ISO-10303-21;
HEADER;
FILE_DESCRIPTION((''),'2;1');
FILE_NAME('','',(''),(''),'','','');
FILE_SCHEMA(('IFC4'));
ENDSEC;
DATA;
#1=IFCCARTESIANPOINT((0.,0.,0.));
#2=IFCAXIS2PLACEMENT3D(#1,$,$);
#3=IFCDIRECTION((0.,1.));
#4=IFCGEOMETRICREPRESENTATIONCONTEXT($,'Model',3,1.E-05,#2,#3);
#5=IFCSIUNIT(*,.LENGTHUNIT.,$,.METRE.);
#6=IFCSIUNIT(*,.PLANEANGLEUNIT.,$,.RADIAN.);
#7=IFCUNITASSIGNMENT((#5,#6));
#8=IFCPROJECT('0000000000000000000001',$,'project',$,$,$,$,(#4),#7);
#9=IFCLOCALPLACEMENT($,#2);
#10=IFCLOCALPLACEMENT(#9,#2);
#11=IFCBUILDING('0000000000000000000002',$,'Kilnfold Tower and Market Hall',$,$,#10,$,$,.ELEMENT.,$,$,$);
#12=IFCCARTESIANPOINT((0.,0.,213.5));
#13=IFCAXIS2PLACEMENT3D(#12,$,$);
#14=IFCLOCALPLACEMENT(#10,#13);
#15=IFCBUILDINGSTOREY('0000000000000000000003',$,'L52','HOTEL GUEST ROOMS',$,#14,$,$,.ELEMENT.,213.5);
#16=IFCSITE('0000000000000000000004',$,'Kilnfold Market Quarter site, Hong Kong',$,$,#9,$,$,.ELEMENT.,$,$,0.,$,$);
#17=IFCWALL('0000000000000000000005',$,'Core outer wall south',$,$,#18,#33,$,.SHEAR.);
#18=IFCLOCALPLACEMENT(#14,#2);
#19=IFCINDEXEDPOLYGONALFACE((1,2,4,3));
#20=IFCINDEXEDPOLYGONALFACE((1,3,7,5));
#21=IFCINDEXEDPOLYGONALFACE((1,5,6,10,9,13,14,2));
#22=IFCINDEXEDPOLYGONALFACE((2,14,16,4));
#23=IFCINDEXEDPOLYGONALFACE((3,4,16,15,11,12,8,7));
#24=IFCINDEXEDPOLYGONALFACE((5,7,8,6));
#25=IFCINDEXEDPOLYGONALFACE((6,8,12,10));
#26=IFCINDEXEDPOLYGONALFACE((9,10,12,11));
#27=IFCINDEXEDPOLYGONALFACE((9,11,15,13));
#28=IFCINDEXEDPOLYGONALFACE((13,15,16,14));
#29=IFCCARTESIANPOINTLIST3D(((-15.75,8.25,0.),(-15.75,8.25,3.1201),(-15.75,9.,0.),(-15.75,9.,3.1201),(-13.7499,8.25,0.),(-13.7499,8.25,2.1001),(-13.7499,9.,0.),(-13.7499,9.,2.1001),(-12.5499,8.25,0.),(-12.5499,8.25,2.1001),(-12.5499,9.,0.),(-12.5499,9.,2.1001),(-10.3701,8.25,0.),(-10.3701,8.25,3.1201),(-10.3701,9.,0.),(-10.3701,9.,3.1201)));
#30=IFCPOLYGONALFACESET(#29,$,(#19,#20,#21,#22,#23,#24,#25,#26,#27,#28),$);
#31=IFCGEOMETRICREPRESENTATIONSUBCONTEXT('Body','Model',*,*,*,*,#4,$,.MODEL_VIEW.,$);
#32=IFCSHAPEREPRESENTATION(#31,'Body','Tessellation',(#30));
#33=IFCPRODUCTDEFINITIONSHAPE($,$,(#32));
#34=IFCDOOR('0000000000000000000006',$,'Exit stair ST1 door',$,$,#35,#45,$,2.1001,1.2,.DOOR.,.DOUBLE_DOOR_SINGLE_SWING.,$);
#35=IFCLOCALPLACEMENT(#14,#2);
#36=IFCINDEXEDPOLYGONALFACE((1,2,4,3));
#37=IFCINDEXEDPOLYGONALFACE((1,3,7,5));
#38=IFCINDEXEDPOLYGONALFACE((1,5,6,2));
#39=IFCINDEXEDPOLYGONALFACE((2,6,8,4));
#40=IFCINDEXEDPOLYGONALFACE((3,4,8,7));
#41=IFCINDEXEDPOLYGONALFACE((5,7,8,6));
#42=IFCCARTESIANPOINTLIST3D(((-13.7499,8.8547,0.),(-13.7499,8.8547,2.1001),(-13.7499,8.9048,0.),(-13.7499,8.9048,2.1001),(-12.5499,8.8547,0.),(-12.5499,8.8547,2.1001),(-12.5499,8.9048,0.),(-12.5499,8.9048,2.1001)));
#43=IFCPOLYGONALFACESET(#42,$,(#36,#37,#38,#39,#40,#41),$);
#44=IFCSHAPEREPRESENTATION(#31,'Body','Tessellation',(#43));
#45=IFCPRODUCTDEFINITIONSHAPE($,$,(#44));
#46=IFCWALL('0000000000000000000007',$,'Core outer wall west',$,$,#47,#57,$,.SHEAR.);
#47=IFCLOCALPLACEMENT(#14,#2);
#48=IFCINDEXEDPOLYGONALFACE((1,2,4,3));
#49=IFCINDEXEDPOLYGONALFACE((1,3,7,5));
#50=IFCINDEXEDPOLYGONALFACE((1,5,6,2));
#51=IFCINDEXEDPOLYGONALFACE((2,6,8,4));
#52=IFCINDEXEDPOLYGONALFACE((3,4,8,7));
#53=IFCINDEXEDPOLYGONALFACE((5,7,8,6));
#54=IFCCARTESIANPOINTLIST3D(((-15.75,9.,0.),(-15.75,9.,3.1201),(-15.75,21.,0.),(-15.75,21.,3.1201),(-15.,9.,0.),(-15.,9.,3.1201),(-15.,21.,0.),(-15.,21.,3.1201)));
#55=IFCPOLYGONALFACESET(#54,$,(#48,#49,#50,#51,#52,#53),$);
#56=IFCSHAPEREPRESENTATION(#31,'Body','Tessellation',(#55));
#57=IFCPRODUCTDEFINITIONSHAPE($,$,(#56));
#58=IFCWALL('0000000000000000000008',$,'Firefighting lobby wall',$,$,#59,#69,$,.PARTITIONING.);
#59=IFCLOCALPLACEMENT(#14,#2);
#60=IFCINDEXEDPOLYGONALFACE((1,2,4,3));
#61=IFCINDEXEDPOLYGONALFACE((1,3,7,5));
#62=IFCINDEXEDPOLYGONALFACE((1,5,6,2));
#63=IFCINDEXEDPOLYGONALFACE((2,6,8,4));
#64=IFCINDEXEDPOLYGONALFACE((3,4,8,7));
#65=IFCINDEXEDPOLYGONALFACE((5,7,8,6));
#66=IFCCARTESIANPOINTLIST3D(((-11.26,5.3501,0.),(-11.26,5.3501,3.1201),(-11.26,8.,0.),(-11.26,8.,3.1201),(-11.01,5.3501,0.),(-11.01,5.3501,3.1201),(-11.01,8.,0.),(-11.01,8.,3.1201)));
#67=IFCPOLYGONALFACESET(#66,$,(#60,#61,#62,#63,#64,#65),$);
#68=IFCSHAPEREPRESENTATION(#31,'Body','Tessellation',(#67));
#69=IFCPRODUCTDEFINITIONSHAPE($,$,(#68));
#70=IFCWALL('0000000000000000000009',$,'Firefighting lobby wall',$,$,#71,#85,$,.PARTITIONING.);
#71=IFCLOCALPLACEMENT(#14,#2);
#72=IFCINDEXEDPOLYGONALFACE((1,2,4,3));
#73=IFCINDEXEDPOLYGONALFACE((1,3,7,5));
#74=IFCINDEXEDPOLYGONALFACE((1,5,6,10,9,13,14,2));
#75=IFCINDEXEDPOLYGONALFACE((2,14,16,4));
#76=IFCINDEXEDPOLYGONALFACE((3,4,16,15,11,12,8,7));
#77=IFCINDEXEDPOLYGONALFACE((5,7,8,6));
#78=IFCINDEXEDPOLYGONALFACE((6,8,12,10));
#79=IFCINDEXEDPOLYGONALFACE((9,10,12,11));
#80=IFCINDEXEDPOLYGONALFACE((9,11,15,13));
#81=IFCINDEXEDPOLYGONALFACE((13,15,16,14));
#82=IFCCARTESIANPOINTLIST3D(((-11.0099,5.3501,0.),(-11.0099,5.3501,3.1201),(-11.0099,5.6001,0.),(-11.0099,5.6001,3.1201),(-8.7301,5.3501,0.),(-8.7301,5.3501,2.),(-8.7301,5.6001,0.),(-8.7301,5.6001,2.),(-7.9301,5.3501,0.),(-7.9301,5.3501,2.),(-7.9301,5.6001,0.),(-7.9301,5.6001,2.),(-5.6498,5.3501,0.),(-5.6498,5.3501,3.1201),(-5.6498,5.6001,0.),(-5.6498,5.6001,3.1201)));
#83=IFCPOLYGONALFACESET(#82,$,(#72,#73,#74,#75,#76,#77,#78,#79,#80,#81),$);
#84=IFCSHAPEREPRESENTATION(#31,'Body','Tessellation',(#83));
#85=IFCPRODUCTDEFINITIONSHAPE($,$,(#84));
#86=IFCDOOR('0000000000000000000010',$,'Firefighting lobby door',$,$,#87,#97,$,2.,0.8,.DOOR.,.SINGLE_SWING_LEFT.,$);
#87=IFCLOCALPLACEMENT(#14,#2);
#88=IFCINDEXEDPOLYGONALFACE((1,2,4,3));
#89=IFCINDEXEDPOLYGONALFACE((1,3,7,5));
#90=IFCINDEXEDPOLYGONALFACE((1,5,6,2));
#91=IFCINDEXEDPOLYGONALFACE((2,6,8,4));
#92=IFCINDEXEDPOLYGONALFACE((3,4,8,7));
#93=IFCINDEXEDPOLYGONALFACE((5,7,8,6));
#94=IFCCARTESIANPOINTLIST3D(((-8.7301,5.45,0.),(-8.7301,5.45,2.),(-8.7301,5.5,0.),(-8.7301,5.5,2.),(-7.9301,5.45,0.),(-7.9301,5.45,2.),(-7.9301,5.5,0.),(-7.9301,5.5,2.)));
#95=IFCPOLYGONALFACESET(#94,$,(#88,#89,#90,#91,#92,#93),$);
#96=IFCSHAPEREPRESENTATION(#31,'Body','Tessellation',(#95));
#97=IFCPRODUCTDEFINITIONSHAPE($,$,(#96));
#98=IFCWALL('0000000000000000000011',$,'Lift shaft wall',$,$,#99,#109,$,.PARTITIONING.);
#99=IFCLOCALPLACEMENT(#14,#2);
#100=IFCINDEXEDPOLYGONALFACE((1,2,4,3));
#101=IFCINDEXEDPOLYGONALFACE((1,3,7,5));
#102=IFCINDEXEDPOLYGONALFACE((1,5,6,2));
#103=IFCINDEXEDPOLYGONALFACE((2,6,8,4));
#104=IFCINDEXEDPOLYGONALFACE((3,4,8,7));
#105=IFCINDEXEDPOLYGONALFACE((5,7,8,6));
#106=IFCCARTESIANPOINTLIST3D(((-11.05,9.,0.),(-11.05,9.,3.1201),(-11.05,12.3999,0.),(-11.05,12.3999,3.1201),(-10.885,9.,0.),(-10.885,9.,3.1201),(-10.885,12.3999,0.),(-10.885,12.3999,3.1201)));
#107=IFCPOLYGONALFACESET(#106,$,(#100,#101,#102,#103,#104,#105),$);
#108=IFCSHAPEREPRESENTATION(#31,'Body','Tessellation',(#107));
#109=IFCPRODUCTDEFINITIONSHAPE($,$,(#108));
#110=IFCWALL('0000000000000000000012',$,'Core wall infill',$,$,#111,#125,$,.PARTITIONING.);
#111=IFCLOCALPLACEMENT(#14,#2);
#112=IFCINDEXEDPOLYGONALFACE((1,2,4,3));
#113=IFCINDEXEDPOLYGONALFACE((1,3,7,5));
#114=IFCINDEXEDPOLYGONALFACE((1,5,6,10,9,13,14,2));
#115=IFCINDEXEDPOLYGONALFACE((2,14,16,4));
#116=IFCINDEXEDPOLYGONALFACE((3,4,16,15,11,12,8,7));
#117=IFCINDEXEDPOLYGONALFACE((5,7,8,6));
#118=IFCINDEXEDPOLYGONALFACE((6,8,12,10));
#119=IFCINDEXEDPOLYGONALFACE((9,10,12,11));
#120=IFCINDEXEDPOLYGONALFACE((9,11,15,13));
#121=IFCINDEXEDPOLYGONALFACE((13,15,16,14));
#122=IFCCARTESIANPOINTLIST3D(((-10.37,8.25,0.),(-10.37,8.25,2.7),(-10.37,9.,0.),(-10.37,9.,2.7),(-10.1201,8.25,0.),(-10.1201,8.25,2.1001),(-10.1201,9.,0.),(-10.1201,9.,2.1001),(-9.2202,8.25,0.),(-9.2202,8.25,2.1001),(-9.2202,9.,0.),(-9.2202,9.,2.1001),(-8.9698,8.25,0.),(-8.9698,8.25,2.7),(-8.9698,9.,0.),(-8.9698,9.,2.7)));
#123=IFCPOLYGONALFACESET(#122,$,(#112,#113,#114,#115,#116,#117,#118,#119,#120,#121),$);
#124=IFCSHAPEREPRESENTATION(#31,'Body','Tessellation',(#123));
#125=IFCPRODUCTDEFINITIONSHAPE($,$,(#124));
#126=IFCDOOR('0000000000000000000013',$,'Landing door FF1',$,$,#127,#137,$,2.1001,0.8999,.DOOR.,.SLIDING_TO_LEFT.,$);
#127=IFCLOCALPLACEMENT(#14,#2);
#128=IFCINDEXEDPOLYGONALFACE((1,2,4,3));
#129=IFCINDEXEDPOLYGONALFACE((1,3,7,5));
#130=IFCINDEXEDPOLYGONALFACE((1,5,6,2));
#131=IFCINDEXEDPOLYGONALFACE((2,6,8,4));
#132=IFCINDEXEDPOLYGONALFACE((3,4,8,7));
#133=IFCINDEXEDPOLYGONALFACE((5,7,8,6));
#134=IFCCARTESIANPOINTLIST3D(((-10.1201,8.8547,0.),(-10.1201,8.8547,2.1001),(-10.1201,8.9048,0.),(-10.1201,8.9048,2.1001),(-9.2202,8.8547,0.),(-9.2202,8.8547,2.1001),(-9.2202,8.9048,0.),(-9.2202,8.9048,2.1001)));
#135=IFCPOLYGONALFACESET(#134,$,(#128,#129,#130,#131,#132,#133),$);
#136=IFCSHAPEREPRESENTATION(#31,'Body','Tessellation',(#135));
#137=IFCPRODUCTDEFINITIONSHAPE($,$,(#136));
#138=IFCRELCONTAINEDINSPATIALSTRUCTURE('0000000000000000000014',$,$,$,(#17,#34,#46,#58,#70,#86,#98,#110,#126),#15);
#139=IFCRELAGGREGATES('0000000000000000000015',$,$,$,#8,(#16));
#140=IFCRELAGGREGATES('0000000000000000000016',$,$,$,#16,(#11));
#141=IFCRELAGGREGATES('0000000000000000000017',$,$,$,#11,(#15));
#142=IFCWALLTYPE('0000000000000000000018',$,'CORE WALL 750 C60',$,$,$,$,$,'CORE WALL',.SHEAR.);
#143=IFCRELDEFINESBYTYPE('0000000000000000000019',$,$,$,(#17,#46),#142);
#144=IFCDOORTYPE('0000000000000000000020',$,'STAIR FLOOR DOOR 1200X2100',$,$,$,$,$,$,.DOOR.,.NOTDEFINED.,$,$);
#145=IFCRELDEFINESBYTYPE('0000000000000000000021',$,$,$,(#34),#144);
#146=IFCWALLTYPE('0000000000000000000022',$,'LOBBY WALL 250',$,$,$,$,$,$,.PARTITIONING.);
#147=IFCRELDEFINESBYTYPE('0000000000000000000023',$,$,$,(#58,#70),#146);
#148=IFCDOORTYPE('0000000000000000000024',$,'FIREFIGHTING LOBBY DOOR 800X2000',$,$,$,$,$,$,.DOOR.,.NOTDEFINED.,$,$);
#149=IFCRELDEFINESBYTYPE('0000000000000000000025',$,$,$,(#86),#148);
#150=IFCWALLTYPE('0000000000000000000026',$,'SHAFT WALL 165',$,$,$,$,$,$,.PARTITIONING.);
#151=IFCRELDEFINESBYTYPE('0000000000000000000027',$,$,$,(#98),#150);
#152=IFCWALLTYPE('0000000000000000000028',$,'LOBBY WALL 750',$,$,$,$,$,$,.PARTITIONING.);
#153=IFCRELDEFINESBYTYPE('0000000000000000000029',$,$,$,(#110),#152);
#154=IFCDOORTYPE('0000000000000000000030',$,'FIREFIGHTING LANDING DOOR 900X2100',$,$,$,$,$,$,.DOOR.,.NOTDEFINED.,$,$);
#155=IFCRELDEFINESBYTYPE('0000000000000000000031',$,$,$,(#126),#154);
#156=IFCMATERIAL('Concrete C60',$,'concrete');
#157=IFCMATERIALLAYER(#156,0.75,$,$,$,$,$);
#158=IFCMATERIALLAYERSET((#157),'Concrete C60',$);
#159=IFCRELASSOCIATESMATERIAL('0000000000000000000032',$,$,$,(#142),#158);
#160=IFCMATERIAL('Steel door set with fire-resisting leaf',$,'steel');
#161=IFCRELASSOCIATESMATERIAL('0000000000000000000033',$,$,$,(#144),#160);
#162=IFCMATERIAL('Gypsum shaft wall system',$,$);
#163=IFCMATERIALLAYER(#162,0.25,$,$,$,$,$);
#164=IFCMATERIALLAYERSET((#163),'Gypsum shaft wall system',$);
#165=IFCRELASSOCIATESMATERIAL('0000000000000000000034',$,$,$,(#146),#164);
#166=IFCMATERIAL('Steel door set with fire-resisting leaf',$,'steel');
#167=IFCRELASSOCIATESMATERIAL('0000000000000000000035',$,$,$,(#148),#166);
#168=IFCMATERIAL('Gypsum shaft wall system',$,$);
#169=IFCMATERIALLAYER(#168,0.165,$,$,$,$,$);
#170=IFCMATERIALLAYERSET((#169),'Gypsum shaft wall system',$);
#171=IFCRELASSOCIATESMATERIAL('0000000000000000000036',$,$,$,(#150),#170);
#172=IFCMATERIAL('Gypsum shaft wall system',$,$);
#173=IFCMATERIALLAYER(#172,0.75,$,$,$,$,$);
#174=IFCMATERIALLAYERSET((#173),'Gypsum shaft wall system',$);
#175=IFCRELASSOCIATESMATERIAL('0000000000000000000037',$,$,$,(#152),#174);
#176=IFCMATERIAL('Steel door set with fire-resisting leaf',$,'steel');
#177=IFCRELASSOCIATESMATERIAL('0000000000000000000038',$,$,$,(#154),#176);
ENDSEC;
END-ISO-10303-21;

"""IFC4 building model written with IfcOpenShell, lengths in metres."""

from ifc_helpers import new_model, si_unit, direction, frame, frame_2d, origin, place, context, subcontext, project, spatial, rectangle, extrude, source, transform, mapped, material, layer, layer_set, type_object, element, fill, save


model = new_model("IFC4")

# Units and contexts
model_context = context("Model", 3, precision=1e-05, world=origin(), true_north=direction((0.0, 1.0)))
body_context = subcontext(model_context, "Body", "Model", "MODEL_VIEW")
ifc_project = project(units=[si_unit("LENGTHUNIT", "METRE"), si_unit("PLANEANGLEUNIT", "RADIAN")], contexts=[model_context])

# Site, building, storey
site_placement = place(None, origin())
site = spatial("IfcSite", under=ifc_project, at=site_placement, Name="Kilnfold Market Quarter site, Hong Kong", CompositionType="ELEMENT", RefElevation=0.0)
building_placement = place(site_placement, origin())
building = spatial("IfcBuilding", under=site, at=building_placement, Name="Kilnfold Tower and Market Hall", CompositionType="ELEMENT")
storey_placement = place(building_placement, frame((0.0, 0.0, 213.5)))
storey = spatial("IfcBuildingStorey", under=building, at=storey_placement, Name="L52", Description="HOTEL GUEST ROOMS", CompositionType="ELEMENT", Elevation=213.5)

# Wall, opening, door
ifc_material_1 = material(Name="Concrete C60", Category="concrete")
ifc_layer_1 = layer(ifc_material_1, 0.75)
ifc_layer_set_1 = layer_set([ifc_layer_1], Name="Concrete C60")
wall_type_1 = type_object("IfcWallType", Name="CORE WALL 750 C60", ElementType="CORE WALL", PredefinedType="SHEAR", material=ifc_layer_set_1)
shared_shape_1 = source(origin(), body_context, "Body", "SweptSolid", [
    extrude(rectangle(XDim=5.3799, YDim=0.75, at=frame_2d((2.6899, 0.0))), origin(), (0.0, 0.0, 1.0), 3.1201),
])
wall_1_placement = place(storey_placement, frame((-15.75, 8.625, 0.0), z_axis=(0.0, 0.0, 1.0), x_axis=(1.0, 0.0, 0.0)))
wall_1 = element("IfcWall", 1, at=wall_1_placement, inside=storey, type_object=wall_type_1, Name="Core outer wall south", PredefinedType="SHEAR", context=body_context, shape_type="MappedRepresentation", body=[
    mapped(shared_shape_1, transform((0.0, 0.0, 0.0))),
])
opening_1_placement = place(wall_1_placement, frame((2.0, 0.0, 0.0)))
opening_1 = element("IfcOpeningElement", 2, at=opening_1_placement, cuts=wall_1, PredefinedType="OPENING", context=body_context, shape_type="SweptSolid", body=[
    extrude(rectangle(XDim=1.2, YDim=2.1001, at=frame_2d((0.6001, 1.05))), frame((0.0, 0.385, 0.0), z_axis=(0.0, -1.0, 0.0), x_axis=(1.0, 0.0, 0.0)), (0.0, 0.0, 1.0), 0.77),
])
ifc_material_2 = material(Name="Steel door set with fire-resisting leaf", Category="steel")
door_type_1 = type_object("IfcDoorType", Name="STAIR FLOOR DOOR 1200X2100", OperationType="NOTDEFINED", PredefinedType="DOOR", material=ifc_material_2)
door_1_placement = place(opening_1_placement, origin())
door_1 = element("IfcDoor", 3, at=door_1_placement, inside=storey, type_object=door_type_1, Name="Exit stair ST1 door", OperationType="DOUBLE_DOOR_SINGLE_SWING", OverallHeight=2.1001, OverallWidth=1.2, PredefinedType="DOOR", context=body_context, shape_type="SweptSolid", body=[
    extrude(rectangle(XDim=1.2, YDim=2.1001, at=frame_2d((0.6001, 1.05))), frame((0.0, 0.2798, 0.0), z_axis=(0.0, -1.0, 0.0), x_axis=(1.0, 0.0, 0.0)), (0.0, 0.0, 1.0), 0.05),
])
fill(opening_1, door_1)

# Walls
shared_shape_2 = source(origin(), body_context, "Body", "SweptSolid", [
    extrude(rectangle(XDim=12.0, YDim=0.75, at=frame_2d((6.0, 0.0))), origin(), (0.0, 0.0, 1.0), 3.1201),
])
wall_2_placement = place(storey_placement, frame((-15.375, 9.0, 0.0), z_axis=(0.0, 0.0, 1.0), x_axis=(0.0, 1.0, 0.0)))
element("IfcWall", 4, at=wall_2_placement, inside=storey, type_object=wall_type_1, Name="Core outer wall west", PredefinedType="SHEAR", context=body_context, shape_type="MappedRepresentation", body=[
    mapped(shared_shape_2, transform((0.0, 0.0, 0.0))),
])
ifc_material_3 = material(Name="Gypsum shaft wall system")
ifc_layer_2 = layer(ifc_material_3, 0.25)
ifc_layer_set_2 = layer_set([ifc_layer_2], Name="Gypsum shaft wall system")
wall_type_2 = type_object("IfcWallType", Name="LOBBY WALL 250", PredefinedType="PARTITIONING", material=ifc_layer_set_2)
shared_shape_3 = source(origin(), body_context, "Body", "SweptSolid", [
    extrude(rectangle(XDim=2.6499, YDim=0.25, at=frame_2d((1.325, 0.0))), origin(), (0.0, 0.0, 1.0), 3.1201),
])
wall_3_placement = place(storey_placement, frame((-11.135, 5.3501, 0.0), z_axis=(0.0, 0.0, 1.0), x_axis=(0.0, 1.0, 0.0)))
element("IfcWall", 5, at=wall_3_placement, inside=storey, type_object=wall_type_2, Name="Firefighting lobby wall", PredefinedType="PARTITIONING", context=body_context, shape_type="MappedRepresentation", body=[
    mapped(shared_shape_3, transform((0.0, 0.0, 0.0))),
])

# Wall, opening, door
shared_shape_4 = source(origin(), body_context, "Body", "SweptSolid", [
    extrude(rectangle(XDim=5.3601, YDim=0.25, at=frame_2d((2.6802, 0.0))), origin(), (0.0, 0.0, 1.0), 3.1201),
])
wall_4_placement = place(storey_placement, frame((-11.01, 5.4751, 0.0), z_axis=(0.0, 0.0, 1.0), x_axis=(1.0, 0.0, 0.0)))
wall_4 = element("IfcWall", 6, at=wall_4_placement, inside=storey, type_object=wall_type_2, Name="Firefighting lobby wall", PredefinedType="PARTITIONING", context=body_context, shape_type="MappedRepresentation", body=[
    mapped(shared_shape_4, transform((0.0, 0.0, 0.0))),
])
opening_2_placement = place(wall_4_placement, frame((2.28, 0.0, 0.0)))
opening_2 = element("IfcOpeningElement", 7, at=opening_2_placement, cuts=wall_4, PredefinedType="OPENING", context=body_context, shape_type="SweptSolid", body=[
    extrude(rectangle(XDim=0.8, YDim=2.0, at=frame_2d((0.3999, 1.0))), frame((0.0, 0.135, 0.0), z_axis=(0.0, -1.0, 0.0), x_axis=(1.0, 0.0, 0.0)), (0.0, 0.0, 1.0), 0.27),
])
ifc_material_4 = material(Name="Steel door set with fire-resisting leaf", Category="steel")
door_type_2 = type_object("IfcDoorType", Name="FIREFIGHTING LOBBY DOOR 800X2000", OperationType="NOTDEFINED", PredefinedType="DOOR", material=ifc_material_4)
door_2_placement = place(opening_2_placement, origin())
door_2 = element("IfcDoor", 8, at=door_2_placement, inside=storey, type_object=door_type_2, Name="Firefighting lobby door", OperationType="SINGLE_SWING_LEFT", OverallHeight=2.0, OverallWidth=0.8, PredefinedType="DOOR", context=body_context, shape_type="SweptSolid", body=[
    extrude(rectangle(XDim=0.8, YDim=2.0, at=frame_2d((0.3999, 1.0))), frame((0.0, 0.0249, 0.0), z_axis=(0.0, -1.0, 0.0), x_axis=(1.0, 0.0, 0.0)), (0.0, 0.0, 1.0), 0.05),
])
fill(opening_2, door_2)

# Wall
ifc_material_5 = material(Name="Gypsum shaft wall system")
ifc_layer_3 = layer(ifc_material_5, 0.165)
ifc_layer_set_3 = layer_set([ifc_layer_3], Name="Gypsum shaft wall system")
wall_type_3 = type_object("IfcWallType", Name="SHAFT WALL 165", PredefinedType="PARTITIONING", material=ifc_layer_set_3)
shared_shape_5 = source(origin(), body_context, "Body", "SweptSolid", [
    extrude(rectangle(XDim=3.3999, YDim=0.165, at=frame_2d((1.7, 0.0))), origin(), (0.0, 0.0, 1.0), 3.1201),
])
wall_5_placement = place(storey_placement, frame((-10.9675, 9.0, 0.0), z_axis=(0.0, 0.0, 1.0), x_axis=(0.0, 1.0, 0.0)))
element("IfcWall", 9, at=wall_5_placement, inside=storey, type_object=wall_type_3, Name="Lift shaft wall", PredefinedType="PARTITIONING", context=body_context, shape_type="MappedRepresentation", body=[
    mapped(shared_shape_5, transform((0.0, 0.0, 0.0))),
])

# Wall, opening, door
ifc_material_6 = material(Name="Gypsum shaft wall system")
ifc_layer_4 = layer(ifc_material_6, 0.75)
ifc_layer_set_4 = layer_set([ifc_layer_4], Name="Gypsum shaft wall system")
wall_type_4 = type_object("IfcWallType", Name="LOBBY WALL 750", PredefinedType="PARTITIONING", material=ifc_layer_set_4)
shared_shape_6 = source(origin(), body_context, "Body", "SweptSolid", [
    extrude(rectangle(XDim=1.4001, YDim=0.75, at=frame_2d((0.7002, 0.0))), origin(), (0.0, 0.0, 1.0), 2.7),
])
wall_6_placement = place(storey_placement, frame((-10.3701, 8.625, 0.0), z_axis=(0.0, 0.0, 1.0), x_axis=(1.0, 0.0, 0.0)))
wall_6 = element("IfcWall", 10, at=wall_6_placement, inside=storey, type_object=wall_type_4, Name="Core wall infill", PredefinedType="PARTITIONING", context=body_context, shape_type="MappedRepresentation", body=[
    mapped(shared_shape_6, transform((0.0, 0.0, 0.0))),
])
opening_3_placement = place(wall_6_placement, frame((0.25, 0.0, 0.0)))
opening_3 = element("IfcOpeningElement", 11, at=opening_3_placement, cuts=wall_6, PredefinedType="OPENING", context=body_context, shape_type="SweptSolid", body=[
    extrude(rectangle(XDim=0.8999, YDim=2.1001, at=frame_2d((0.45, 1.05))), frame((0.0, 0.385, 0.0), z_axis=(0.0, -1.0, 0.0), x_axis=(1.0, 0.0, 0.0)), (0.0, 0.0, 1.0), 0.77),
])
ifc_material_7 = material(Name="Steel door set with fire-resisting leaf", Category="steel")
door_type_3 = type_object("IfcDoorType", Name="FIREFIGHTING LANDING DOOR 900X2100", OperationType="NOTDEFINED", PredefinedType="DOOR", material=ifc_material_7)
door_3_placement = place(opening_3_placement, origin())
door_3 = element("IfcDoor", 12, at=door_3_placement, inside=storey, type_object=door_type_3, Name="Landing door FF1", OperationType="SLIDING_TO_LEFT", OverallHeight=2.1001, OverallWidth=0.8999, PredefinedType="DOOR", context=body_context, shape_type="SweptSolid", body=[
    extrude(rectangle(XDim=0.8999, YDim=2.1001, at=frame_2d((0.45, 1.05))), frame((0.0, 0.2798, 0.0), z_axis=(0.0, -1.0, 0.0), x_axis=(1.0, 0.0, 0.0)), (0.0, 0.0, 1.0), 0.05),
])
fill(opening_3, door_3)

save(model, "model.ifc")
